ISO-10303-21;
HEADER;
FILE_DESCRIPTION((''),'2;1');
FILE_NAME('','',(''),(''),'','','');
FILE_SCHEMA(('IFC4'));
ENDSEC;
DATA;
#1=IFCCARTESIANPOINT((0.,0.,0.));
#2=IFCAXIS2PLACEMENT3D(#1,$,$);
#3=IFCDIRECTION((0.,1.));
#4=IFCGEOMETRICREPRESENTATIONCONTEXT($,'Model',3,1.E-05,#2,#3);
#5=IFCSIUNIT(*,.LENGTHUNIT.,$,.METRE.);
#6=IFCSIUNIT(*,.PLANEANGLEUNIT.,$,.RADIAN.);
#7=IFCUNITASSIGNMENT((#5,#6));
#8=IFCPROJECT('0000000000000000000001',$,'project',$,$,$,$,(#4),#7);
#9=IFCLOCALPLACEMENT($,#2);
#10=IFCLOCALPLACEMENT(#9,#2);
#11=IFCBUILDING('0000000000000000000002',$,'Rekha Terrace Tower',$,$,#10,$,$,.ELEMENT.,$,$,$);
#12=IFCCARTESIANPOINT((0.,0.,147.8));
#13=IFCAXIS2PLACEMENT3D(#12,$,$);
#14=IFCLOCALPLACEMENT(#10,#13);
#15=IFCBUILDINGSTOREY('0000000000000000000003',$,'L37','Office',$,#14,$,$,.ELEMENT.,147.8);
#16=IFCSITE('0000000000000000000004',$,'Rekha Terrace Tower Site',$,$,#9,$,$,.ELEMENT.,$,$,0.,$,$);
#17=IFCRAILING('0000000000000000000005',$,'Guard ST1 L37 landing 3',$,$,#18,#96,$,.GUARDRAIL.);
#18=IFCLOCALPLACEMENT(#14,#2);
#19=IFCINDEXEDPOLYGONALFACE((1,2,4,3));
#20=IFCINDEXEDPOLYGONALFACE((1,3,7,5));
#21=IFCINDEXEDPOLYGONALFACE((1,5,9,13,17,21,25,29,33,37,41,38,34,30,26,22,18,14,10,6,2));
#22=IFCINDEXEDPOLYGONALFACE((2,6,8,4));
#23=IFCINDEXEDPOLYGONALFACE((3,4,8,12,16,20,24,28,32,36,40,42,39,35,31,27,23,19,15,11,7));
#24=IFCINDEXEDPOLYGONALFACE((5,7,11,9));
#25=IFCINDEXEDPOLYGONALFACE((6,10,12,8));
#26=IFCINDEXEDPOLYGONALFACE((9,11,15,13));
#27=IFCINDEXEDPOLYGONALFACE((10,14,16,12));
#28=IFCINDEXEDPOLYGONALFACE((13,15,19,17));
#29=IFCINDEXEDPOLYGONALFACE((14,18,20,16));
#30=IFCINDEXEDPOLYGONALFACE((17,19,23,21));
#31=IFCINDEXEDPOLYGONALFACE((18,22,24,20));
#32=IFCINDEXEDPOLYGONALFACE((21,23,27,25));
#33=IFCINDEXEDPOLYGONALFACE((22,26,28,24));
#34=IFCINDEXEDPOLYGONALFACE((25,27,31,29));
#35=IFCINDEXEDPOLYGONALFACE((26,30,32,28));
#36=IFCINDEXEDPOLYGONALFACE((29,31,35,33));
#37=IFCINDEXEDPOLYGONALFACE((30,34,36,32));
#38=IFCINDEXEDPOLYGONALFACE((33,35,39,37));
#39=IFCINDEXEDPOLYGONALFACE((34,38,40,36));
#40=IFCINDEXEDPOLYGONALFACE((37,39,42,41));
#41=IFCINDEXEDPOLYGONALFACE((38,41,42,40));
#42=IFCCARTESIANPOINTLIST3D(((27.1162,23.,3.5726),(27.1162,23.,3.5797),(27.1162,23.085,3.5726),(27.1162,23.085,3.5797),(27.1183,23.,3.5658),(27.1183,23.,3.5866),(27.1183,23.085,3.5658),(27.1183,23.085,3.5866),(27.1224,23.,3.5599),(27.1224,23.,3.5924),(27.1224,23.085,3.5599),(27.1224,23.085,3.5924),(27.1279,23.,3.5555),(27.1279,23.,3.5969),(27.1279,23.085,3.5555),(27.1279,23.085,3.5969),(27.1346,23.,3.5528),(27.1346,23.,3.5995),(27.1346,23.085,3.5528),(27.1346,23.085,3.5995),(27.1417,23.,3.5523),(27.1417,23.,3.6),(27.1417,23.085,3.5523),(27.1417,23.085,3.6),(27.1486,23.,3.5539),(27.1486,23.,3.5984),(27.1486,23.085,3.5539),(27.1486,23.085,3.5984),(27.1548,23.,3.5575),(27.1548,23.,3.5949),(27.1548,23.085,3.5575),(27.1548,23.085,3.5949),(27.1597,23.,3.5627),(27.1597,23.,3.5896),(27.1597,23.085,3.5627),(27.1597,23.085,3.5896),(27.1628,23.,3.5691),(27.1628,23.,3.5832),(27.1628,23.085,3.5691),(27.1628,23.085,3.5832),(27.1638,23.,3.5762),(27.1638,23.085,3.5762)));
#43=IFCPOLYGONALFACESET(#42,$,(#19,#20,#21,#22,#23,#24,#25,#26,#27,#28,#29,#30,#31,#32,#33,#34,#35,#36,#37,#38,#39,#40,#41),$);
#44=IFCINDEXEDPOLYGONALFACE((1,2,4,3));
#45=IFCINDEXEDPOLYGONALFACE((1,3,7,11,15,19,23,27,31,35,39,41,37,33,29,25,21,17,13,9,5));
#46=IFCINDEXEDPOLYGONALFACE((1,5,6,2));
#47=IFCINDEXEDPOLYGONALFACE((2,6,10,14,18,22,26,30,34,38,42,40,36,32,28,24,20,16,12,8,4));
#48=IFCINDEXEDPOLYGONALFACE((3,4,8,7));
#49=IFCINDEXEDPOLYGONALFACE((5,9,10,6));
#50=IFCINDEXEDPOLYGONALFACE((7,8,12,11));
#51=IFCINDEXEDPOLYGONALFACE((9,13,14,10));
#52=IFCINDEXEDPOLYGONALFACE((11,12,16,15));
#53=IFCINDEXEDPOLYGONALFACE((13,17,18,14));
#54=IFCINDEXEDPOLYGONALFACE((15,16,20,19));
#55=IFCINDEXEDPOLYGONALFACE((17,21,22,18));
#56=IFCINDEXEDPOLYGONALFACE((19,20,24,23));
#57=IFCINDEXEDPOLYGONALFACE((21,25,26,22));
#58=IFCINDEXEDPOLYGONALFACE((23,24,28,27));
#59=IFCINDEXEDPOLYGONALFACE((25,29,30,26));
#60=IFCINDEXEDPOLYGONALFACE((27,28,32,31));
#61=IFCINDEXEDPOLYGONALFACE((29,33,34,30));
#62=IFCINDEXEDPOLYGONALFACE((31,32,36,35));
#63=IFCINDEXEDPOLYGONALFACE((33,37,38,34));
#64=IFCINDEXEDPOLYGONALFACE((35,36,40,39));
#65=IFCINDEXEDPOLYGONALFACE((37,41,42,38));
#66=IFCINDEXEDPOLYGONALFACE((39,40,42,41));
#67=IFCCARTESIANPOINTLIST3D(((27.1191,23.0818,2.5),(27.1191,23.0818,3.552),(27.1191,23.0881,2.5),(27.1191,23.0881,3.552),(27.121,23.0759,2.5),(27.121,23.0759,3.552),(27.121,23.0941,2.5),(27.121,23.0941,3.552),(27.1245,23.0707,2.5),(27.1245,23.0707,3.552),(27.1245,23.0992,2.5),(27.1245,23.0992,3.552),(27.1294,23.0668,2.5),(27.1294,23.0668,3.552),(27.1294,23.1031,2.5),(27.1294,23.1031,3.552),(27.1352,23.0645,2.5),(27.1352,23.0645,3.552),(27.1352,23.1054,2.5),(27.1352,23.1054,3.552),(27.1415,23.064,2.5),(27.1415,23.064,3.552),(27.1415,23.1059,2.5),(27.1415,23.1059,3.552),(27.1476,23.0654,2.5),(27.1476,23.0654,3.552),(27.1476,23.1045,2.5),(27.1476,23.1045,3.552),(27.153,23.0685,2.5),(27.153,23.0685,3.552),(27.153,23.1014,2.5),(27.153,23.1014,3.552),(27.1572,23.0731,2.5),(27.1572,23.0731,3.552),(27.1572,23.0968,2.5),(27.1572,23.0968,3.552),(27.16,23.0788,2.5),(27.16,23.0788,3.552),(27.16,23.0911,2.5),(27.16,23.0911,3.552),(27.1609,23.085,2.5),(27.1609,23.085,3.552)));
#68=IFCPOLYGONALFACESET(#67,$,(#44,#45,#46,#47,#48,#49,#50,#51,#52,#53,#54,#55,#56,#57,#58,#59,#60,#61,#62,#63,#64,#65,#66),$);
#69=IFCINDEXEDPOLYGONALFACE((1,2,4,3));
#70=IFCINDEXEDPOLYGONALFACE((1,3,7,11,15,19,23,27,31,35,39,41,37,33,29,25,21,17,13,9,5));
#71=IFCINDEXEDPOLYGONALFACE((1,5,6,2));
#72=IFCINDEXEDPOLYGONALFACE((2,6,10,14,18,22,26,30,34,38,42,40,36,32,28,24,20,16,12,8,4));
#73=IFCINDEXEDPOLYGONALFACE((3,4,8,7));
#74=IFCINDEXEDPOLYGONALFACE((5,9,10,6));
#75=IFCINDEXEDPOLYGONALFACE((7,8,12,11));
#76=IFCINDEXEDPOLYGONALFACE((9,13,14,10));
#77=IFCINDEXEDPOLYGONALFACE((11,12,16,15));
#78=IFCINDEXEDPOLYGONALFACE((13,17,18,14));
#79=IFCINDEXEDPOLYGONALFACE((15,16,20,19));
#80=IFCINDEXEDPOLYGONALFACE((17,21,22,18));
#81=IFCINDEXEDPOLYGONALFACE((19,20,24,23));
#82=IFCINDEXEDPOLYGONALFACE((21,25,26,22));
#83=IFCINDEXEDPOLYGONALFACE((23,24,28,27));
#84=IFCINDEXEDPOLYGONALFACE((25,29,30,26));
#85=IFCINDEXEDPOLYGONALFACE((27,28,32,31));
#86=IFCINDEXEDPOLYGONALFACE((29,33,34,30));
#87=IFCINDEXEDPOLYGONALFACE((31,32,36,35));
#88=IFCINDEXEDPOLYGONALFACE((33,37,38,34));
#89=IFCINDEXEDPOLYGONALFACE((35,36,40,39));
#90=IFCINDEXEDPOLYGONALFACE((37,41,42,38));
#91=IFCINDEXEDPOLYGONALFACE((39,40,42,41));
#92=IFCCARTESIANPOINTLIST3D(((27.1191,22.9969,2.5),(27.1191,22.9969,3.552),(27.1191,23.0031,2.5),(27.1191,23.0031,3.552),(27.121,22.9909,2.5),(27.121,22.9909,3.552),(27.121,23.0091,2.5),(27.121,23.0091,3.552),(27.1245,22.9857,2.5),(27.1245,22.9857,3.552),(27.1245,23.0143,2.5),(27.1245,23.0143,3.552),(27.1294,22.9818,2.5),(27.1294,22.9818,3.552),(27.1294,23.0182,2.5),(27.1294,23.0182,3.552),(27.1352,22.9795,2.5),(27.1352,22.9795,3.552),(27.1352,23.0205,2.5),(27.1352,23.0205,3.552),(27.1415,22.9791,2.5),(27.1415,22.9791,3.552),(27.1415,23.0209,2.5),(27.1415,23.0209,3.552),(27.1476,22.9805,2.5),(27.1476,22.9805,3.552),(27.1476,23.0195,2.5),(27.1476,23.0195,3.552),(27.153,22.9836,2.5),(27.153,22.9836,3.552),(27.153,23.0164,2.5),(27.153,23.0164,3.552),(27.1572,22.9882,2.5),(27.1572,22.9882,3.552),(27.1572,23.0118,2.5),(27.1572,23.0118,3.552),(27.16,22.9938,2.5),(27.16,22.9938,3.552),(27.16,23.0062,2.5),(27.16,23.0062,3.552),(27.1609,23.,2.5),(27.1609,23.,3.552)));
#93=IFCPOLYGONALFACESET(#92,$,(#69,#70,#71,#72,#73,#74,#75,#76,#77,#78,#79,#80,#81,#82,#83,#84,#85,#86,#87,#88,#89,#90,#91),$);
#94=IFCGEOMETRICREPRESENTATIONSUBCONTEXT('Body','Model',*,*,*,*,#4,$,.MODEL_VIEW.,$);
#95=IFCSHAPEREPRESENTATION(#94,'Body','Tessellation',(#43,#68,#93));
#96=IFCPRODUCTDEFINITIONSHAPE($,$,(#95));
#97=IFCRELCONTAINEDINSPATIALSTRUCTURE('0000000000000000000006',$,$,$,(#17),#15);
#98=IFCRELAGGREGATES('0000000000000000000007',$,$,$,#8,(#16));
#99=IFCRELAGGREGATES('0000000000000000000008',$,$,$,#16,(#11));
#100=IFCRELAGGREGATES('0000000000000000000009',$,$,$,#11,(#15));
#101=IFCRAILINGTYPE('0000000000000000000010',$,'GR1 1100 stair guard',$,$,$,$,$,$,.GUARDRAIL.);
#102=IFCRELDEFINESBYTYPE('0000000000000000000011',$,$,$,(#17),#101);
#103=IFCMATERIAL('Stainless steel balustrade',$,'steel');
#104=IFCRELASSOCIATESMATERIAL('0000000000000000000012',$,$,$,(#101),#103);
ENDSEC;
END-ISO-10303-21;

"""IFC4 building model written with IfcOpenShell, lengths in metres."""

from ifc_helpers import new_model, si_unit, direction, frame, origin, origin_2d, place, context, subcontext, project, spatial, circle, extrude, material, type_object, element, save


model = new_model("IFC4")

# Units and contexts
model_context = context("Model", 3, precision=1e-05, world=origin(), true_north=direction((0.0, 1.0)))
body_context = subcontext(model_context, "Body", "Model", "MODEL_VIEW")
ifc_project = project(units=[si_unit("LENGTHUNIT", "METRE"), si_unit("PLANEANGLEUNIT", "RADIAN")], contexts=[model_context])

# Site, building, storey
site_placement = place(None, origin())
site = spatial("IfcSite", under=ifc_project, at=site_placement, Name="Rekha Terrace Tower Site", CompositionType="ELEMENT", RefElevation=0.0)
building_placement = place(site_placement, origin())
building = spatial("IfcBuilding", under=site, at=building_placement, Name="Rekha Terrace Tower", CompositionType="ELEMENT")
storey_placement = place(building_placement, frame((0.0, 0.0, 147.8)))
storey = spatial("IfcBuildingStorey", under=building, at=storey_placement, Name="L37", Description="Office", CompositionType="ELEMENT", Elevation=147.8)

# Railing
ifc_material_1 = material(Name="Stainless steel balustrade", Category="steel")
railing_type_1 = type_object("IfcRailingType", Name="GR1 1100 stair guard", PredefinedType="GUARDRAIL", material=ifc_material_1)
railing_1_placement = place(storey_placement, frame((27.1399, 23.085, 2.5)))
element("IfcRailing", 1, at=railing_1_placement, inside=storey, type_object=railing_type_1, Name="Guard ST1 L37 landing 3", PredefinedType="GUARDRAIL", context=body_context, shape_type="SweptSolid", body=[
    extrude(circle(Radius=0.0239, at=origin_2d()), frame((0.0, 0.0, 1.0762), z_axis=(0.0, -1.0, 0.0), x_axis=(1.0, 0.0, 0.0)), (0.0, 0.0, 1.0), 0.085),
    extrude(circle(Radius=0.021, at=origin_2d()), origin(), (0.0, 0.0, 1.0), 1.052),
    extrude(circle(Radius=0.021, at=origin_2d()), frame((0.0, -0.085, 0.0)), (0.0, 0.0, 1.0), 1.052),
])

save(model, "model.ifc")
